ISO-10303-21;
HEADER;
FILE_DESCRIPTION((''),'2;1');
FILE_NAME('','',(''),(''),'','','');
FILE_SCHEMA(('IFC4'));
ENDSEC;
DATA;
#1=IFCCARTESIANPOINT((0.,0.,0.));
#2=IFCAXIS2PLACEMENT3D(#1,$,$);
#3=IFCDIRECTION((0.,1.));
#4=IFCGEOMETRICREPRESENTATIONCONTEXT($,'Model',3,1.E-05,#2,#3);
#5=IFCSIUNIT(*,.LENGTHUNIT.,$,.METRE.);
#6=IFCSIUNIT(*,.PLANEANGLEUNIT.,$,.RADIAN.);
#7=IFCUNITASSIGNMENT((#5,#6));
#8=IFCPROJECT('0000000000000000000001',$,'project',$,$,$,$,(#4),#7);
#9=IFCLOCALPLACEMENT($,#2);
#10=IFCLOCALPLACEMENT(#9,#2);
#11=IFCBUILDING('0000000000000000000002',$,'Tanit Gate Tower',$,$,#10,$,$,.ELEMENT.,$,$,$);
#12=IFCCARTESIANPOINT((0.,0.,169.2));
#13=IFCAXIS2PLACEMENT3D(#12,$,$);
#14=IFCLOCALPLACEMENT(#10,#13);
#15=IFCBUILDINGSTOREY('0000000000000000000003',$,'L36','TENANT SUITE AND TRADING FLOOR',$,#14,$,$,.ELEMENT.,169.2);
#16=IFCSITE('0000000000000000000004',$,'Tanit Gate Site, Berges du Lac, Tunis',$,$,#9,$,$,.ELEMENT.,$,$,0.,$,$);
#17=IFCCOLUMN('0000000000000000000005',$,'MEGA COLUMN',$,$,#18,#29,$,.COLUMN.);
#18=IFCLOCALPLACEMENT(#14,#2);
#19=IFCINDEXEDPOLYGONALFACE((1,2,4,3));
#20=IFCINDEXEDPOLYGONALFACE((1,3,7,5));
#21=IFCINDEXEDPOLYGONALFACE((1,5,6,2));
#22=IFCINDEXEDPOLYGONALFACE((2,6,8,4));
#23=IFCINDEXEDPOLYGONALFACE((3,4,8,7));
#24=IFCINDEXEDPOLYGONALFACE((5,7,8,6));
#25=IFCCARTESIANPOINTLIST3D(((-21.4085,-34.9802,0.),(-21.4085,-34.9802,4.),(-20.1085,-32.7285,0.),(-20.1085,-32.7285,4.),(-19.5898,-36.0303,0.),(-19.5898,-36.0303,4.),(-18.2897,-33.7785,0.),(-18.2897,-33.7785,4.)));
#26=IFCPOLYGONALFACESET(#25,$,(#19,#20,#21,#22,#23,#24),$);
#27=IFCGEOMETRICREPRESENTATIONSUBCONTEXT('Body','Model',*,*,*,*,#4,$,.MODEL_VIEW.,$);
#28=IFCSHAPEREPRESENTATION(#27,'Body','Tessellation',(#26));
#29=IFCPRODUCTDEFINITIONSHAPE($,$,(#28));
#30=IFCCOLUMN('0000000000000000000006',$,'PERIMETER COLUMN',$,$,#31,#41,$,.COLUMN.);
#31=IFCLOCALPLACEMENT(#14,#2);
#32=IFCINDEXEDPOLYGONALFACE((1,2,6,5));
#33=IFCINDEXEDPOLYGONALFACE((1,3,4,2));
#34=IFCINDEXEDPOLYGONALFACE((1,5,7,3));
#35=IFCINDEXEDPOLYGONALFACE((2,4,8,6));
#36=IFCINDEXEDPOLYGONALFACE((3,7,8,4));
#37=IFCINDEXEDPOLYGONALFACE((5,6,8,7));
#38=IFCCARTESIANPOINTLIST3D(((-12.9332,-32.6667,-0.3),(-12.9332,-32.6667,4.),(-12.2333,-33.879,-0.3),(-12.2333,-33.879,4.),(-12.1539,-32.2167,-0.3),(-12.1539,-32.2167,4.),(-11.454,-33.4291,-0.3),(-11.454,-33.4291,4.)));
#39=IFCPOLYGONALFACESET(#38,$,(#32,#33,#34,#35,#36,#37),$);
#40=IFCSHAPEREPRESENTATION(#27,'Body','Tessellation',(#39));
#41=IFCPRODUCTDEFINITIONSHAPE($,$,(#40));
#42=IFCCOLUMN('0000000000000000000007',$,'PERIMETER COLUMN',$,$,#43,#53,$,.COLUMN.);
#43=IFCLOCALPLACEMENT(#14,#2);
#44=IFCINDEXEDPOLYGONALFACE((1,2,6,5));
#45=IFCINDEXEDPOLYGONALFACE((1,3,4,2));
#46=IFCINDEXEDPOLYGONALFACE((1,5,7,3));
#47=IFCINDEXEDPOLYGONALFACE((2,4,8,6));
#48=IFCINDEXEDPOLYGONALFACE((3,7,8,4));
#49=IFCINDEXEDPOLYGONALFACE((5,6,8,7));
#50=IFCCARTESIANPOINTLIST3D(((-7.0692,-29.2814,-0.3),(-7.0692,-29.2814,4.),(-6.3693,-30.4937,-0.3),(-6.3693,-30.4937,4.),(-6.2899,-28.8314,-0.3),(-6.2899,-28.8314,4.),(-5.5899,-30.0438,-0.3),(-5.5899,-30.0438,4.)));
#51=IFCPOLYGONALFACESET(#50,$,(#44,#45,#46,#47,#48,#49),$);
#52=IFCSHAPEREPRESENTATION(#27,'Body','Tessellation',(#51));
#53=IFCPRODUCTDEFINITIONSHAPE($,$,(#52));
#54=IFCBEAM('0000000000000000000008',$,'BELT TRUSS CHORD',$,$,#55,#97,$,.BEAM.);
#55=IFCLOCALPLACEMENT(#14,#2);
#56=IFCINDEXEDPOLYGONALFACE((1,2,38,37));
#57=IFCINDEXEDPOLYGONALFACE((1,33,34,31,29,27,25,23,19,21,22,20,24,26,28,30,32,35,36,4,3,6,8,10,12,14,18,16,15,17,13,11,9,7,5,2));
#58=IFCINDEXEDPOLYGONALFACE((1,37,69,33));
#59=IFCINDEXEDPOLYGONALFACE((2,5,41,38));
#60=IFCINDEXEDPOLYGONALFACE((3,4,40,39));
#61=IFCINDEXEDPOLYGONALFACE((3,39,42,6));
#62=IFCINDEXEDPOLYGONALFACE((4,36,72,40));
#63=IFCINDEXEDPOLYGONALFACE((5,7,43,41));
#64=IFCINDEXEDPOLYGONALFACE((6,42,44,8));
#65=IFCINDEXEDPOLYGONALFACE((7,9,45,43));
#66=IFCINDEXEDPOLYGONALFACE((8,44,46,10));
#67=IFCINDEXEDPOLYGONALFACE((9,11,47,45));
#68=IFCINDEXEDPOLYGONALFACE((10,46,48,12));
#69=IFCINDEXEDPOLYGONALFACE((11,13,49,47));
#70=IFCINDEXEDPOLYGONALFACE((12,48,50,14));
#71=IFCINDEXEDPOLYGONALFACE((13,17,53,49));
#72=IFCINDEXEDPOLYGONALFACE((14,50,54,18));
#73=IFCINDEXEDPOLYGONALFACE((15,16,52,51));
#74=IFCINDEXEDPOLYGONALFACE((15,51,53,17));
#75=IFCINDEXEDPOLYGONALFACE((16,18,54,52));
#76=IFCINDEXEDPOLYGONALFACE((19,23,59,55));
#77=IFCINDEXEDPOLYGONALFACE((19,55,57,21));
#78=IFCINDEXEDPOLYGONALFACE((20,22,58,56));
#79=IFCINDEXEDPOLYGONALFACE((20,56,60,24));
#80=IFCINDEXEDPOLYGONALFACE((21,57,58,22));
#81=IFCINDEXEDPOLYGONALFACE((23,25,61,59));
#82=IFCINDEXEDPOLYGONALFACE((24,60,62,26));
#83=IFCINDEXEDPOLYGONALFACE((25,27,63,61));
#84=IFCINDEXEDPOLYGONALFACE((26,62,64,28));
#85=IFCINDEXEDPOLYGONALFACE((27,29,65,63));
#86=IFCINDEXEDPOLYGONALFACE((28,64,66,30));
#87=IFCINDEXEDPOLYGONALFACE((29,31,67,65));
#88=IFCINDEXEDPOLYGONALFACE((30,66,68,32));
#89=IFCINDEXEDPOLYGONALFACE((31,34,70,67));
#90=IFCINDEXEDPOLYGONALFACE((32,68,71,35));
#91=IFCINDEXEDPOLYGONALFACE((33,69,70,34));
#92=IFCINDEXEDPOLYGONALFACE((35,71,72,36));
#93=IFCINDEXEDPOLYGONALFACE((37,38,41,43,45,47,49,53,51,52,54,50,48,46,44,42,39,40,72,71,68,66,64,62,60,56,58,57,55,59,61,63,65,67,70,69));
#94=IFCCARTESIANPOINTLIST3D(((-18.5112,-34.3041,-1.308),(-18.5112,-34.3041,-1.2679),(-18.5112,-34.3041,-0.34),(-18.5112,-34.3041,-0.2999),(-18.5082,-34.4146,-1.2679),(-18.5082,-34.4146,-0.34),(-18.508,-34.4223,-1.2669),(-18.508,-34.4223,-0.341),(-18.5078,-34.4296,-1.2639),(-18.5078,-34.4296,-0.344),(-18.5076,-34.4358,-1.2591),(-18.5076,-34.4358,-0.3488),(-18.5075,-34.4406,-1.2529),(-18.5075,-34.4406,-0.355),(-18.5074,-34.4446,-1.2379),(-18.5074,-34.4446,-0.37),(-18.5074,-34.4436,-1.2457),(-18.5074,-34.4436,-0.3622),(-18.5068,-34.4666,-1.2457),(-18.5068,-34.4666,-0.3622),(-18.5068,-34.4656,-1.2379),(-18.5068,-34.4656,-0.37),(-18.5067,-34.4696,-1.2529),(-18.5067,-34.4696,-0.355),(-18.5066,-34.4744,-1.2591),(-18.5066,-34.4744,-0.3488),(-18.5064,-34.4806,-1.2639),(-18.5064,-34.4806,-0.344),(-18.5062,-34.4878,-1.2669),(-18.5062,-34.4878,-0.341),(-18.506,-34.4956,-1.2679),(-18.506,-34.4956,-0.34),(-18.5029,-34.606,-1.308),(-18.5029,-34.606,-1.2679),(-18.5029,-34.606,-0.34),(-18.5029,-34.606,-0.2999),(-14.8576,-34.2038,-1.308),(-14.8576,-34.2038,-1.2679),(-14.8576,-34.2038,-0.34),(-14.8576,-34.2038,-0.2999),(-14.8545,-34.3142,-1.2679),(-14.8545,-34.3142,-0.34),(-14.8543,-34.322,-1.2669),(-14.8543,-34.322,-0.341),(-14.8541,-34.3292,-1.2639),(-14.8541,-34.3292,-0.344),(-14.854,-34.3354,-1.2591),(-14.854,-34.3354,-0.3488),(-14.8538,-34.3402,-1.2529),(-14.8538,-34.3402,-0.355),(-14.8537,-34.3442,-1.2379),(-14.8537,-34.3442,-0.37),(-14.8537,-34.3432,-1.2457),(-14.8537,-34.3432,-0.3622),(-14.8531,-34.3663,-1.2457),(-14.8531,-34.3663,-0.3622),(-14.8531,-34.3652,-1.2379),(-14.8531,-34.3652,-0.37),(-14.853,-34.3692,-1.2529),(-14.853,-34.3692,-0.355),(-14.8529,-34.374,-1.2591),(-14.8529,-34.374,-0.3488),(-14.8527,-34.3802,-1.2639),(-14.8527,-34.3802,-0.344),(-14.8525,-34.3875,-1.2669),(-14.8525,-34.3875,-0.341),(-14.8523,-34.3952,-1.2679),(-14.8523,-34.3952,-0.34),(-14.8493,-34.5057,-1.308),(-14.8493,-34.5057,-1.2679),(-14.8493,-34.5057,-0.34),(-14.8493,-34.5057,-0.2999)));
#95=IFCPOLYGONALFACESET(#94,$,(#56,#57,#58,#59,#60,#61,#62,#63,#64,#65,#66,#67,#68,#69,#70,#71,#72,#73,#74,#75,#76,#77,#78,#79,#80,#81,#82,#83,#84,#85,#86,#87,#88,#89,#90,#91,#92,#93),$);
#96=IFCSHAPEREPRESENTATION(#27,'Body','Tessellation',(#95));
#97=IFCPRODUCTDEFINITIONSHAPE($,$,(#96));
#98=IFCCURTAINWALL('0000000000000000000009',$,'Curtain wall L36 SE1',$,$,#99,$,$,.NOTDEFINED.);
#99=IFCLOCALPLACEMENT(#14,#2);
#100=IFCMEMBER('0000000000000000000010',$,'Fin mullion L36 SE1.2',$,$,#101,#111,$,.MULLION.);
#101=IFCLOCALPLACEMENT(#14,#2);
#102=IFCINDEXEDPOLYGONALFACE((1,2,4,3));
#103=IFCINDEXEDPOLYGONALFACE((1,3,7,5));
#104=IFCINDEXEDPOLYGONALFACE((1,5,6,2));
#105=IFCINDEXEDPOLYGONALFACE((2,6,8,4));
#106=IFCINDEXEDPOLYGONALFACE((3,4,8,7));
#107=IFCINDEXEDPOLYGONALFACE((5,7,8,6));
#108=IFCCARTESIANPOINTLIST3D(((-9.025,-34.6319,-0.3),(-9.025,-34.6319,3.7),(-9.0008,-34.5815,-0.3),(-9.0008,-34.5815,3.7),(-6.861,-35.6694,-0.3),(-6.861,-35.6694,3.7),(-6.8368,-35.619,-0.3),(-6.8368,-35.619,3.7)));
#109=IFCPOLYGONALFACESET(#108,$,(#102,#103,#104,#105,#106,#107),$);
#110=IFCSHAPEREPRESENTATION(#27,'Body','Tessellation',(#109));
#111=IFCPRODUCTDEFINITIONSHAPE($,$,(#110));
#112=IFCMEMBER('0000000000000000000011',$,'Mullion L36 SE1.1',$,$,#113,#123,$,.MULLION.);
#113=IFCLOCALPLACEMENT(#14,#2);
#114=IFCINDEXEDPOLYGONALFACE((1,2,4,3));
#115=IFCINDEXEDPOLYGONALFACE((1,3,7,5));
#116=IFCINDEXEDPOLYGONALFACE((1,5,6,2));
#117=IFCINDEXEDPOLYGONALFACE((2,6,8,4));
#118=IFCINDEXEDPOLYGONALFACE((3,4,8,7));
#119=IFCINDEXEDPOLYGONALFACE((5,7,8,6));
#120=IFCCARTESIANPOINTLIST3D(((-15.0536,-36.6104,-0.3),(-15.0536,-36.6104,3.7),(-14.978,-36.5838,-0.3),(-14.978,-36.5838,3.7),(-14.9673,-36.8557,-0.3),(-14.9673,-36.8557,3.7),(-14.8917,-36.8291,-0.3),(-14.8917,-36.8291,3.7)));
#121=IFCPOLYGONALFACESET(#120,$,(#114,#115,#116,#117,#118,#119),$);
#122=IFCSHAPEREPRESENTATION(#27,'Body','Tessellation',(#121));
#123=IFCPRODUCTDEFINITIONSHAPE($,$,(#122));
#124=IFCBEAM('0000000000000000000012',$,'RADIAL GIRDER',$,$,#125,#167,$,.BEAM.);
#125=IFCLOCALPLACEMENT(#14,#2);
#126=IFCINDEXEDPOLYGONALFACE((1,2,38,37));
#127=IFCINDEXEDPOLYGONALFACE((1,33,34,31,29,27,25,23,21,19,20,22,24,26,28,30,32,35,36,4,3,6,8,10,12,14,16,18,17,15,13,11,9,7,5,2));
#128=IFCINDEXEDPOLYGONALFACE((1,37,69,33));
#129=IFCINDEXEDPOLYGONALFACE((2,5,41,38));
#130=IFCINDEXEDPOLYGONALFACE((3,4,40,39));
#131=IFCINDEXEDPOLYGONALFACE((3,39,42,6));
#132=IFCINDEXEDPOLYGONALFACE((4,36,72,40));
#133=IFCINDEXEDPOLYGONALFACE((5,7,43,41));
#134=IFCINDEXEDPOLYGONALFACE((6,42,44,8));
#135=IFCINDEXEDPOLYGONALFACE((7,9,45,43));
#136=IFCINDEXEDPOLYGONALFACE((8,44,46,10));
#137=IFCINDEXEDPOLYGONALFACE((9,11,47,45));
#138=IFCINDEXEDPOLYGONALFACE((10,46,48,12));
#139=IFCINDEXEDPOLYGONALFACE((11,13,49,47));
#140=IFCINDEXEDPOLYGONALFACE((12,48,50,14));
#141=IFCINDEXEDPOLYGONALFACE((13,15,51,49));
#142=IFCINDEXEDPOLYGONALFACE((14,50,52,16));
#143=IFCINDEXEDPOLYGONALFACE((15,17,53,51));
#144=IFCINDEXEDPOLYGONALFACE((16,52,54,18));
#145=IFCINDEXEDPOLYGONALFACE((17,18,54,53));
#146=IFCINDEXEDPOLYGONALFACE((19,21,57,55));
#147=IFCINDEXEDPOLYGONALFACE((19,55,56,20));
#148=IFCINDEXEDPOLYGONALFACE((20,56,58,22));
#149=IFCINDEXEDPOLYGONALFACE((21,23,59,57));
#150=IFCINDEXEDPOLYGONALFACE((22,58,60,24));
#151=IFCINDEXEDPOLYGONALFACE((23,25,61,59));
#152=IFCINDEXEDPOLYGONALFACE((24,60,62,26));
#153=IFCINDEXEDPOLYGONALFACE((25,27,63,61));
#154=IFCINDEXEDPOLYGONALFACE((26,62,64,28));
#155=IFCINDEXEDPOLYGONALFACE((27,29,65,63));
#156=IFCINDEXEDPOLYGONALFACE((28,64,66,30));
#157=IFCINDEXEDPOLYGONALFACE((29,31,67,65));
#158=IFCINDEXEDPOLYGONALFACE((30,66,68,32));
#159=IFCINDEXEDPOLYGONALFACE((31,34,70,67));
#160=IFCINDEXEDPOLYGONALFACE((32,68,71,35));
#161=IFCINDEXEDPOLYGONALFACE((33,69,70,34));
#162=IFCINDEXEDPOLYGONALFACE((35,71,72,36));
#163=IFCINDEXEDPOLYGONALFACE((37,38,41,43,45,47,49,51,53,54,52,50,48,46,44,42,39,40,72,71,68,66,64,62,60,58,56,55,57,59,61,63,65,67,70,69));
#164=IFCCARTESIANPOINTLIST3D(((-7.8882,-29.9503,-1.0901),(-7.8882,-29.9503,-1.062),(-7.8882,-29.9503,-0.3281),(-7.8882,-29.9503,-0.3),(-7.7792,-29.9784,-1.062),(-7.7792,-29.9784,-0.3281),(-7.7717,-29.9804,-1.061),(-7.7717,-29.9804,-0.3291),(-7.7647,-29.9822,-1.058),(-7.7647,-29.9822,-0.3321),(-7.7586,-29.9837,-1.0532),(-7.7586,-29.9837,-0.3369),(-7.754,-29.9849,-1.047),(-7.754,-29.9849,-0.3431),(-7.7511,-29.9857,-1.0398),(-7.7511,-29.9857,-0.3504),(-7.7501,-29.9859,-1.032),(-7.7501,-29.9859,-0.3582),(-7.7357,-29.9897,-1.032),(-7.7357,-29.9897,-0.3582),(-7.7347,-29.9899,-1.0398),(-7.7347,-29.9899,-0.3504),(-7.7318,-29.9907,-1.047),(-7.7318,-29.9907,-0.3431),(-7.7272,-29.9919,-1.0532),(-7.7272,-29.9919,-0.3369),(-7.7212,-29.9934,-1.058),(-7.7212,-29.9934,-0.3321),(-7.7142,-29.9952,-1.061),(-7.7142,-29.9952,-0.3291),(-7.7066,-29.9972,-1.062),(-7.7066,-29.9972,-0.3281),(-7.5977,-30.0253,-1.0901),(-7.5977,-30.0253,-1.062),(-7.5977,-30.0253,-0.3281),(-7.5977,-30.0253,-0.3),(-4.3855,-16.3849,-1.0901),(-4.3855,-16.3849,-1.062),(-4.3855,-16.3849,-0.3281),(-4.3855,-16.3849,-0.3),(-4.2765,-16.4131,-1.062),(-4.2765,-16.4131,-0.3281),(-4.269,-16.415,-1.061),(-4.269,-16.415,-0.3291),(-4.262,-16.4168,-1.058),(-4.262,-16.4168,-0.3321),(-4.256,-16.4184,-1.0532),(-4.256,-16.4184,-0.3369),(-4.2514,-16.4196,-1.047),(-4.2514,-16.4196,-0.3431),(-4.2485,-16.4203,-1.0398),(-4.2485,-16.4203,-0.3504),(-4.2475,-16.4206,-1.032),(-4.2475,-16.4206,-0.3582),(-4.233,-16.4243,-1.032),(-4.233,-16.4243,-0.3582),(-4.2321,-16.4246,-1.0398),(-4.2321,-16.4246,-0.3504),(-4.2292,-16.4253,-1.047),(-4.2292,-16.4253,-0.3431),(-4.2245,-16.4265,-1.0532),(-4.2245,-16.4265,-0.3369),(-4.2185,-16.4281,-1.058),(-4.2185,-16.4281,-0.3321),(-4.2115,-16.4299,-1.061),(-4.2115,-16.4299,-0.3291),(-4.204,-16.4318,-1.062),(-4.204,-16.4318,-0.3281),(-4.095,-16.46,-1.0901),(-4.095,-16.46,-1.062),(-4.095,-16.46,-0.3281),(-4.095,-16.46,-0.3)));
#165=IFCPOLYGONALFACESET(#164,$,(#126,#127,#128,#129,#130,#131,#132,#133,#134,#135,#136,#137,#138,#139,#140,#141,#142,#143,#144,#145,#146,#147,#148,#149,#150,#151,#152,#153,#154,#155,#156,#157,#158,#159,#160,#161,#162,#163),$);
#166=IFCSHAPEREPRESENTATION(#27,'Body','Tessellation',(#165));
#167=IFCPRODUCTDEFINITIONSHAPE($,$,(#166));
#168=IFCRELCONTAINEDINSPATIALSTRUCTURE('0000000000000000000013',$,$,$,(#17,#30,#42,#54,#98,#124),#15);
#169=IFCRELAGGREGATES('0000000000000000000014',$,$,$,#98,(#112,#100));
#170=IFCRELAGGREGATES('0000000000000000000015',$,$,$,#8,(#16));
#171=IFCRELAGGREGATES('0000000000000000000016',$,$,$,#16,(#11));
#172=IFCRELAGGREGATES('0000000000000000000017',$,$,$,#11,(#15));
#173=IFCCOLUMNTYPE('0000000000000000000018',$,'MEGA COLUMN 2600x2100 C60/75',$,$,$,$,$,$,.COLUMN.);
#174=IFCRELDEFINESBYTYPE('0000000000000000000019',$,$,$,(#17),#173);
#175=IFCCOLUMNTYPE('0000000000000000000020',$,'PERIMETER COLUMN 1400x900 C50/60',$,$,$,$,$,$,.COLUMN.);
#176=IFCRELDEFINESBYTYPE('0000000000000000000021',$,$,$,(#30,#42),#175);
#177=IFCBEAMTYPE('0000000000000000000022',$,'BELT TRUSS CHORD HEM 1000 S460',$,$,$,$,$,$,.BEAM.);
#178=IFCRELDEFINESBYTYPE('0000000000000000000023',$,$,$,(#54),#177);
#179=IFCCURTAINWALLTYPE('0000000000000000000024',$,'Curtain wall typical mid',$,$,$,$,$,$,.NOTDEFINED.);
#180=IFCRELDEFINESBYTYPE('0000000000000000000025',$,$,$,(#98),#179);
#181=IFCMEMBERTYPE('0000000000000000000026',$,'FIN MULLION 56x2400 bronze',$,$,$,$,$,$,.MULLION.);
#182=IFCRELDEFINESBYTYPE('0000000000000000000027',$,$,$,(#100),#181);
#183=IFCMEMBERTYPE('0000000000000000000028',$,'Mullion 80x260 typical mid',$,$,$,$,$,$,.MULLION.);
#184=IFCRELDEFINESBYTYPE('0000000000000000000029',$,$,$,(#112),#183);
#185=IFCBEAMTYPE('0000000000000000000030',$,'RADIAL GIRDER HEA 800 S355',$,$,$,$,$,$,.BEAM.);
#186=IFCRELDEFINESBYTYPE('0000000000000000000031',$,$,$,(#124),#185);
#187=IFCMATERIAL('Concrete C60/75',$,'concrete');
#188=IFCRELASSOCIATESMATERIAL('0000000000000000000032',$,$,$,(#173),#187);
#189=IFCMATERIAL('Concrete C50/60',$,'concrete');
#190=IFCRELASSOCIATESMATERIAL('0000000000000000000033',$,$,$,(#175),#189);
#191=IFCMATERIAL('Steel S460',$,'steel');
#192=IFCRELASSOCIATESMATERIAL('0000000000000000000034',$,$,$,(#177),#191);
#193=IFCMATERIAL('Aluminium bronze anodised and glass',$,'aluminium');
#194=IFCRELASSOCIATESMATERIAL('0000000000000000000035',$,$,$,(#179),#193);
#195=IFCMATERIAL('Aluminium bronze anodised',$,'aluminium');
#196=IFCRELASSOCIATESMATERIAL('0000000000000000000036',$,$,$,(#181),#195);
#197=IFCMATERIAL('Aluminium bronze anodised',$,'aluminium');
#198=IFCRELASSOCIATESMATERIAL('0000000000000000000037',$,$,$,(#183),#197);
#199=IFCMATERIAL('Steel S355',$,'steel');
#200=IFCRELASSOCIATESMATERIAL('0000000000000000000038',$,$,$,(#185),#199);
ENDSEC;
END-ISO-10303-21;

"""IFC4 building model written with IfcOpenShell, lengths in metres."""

from ifc_helpers import new_model, si_unit, direction, frame, origin, origin_2d, place, context, subcontext, project, spatial, rectangle, i_section, extrude, material, material_profile, profile_set, type_object, element, aggregate, save


model = new_model("IFC4")

# Units and contexts
model_context = context("Model", 3, precision=1e-05, world=origin(), true_north=direction((0.0, 1.0)))
body_context = subcontext(model_context, "Body", "Model", "MODEL_VIEW")
ifc_project = project(units=[si_unit("LENGTHUNIT", "METRE"), si_unit("PLANEANGLEUNIT", "RADIAN")], contexts=[model_context])

# Site, building, storey
site_placement = place(None, origin())
site = spatial("IfcSite", under=ifc_project, at=site_placement, Name="Tanit Gate Site, Berges du Lac, Tunis", CompositionType="ELEMENT", RefElevation=0.0)
building_placement = place(site_placement, origin())
building = spatial("IfcBuilding", under=site, at=building_placement, Name="Tanit Gate Tower", CompositionType="ELEMENT")
storey_placement = place(building_placement, frame((0.0, 0.0, 169.2)))
storey = spatial("IfcBuildingStorey", under=building, at=storey_placement, Name="L36", Description="TENANT SUITE AND TRADING FLOOR", CompositionType="ELEMENT", Elevation=169.2)

# Columns
ifc_material_1 = material(Name="Concrete C60/75", Category="concrete")
ifc_material_profile_1 = material_profile(ifc_material_1, rectangle(XDim=2.6001, YDim=2.1001, at=origin_2d()), Name="RC 2600x2100")
ifc_profile_set_1 = profile_set([ifc_material_profile_1], Name="Concrete C60/75")
column_type_1 = type_object("IfcColumnType", Name="MEGA COLUMN 2600x2100 C60/75", PredefinedType="COLUMN", material=ifc_profile_set_1)
column_placement = place(storey_placement, frame((-19.8491, -34.3794, 0.0), z_axis=(0.0, 0.0, 1.0), x_axis=(-0.5, -0.866025, 0.0)))
element("IfcColumn", 1, at=column_placement, inside=storey, type_object=column_type_1, Name="MEGA COLUMN", PredefinedType="COLUMN", context=body_context, shape_type="SweptSolid", body=[
    extrude(rectangle(XDim=2.6001, YDim=2.1001, at=origin_2d()), origin(), (0.0, 0.0, 1.0), 4.0),
])
ifc_material_2 = material(Name="Concrete C50/60", Category="concrete")
ifc_material_profile_2 = material_profile(ifc_material_2, rectangle(XDim=1.3999, YDim=0.8999, at=origin_2d()), Name="RC 1400x900")
ifc_profile_set_2 = profile_set([ifc_material_profile_2], Name="Concrete C50/60")
column_type_2 = type_object("IfcColumnType", Name="PERIMETER COLUMN 1400x900 C50/60", PredefinedType="COLUMN", material=ifc_profile_set_2)
for number, where, z_axis, x_axis, name in (
    (2, (-12.1936, -33.0479, -0.3), (0.0, 0.0, 1.0), (0.5, -0.866025, 0.0), "PERIMETER COLUMN"),
    (3, (-6.3296, -29.6626, -0.3), (0.0, 0.0, 1.0), (0.5, -0.866025, 0.0), "PERIMETER COLUMN"),
):
    element("IfcColumn", number, at=place(storey_placement, frame(where, z_axis=z_axis, x_axis=x_axis)), inside=storey, type_object=column_type_2, Name=name, PredefinedType="COLUMN", context=body_context, shape_type="SweptSolid", body=[
        extrude(rectangle(XDim=1.3999, YDim=0.8999, at=origin_2d()), origin(), (0.0, 0.0, 1.0), 4.3),
    ])

# Beam
ifc_material_3 = material(Name="Steel S460", Category="steel")
ifc_material_profile_3 = material_profile(ifc_material_3, i_section(OverallWidth=0.302, OverallDepth=1.0081, WebThickness=0.021, FlangeThickness=0.04, FilletRadius=0.03, at=origin_2d()), Name="HEM 1000")
ifc_profile_set_3 = profile_set([ifc_material_profile_3], Name="Steel S460")
beam_type_1 = type_object("IfcBeamType", Name="BELT TRUSS CHORD HEM 1000 S460", PredefinedType="BEAM", material=ifc_profile_set_3)
beam_1_placement = place(storey_placement, frame((-18.5071, -34.4551, -0.804), z_axis=(0.999623, 0.027454, 0.0), x_axis=(-0.027454, 0.999623, 0.0)))
element("IfcBeam", 4, at=beam_1_placement, inside=storey, type_object=beam_type_1, Name="BELT TRUSS CHORD", PredefinedType="BEAM", context=body_context, shape_type="SweptSolid", body=[
    extrude(i_section(OverallWidth=0.302, OverallDepth=1.0081, WebThickness=0.021, FlangeThickness=0.04, FilletRadius=0.03, at=origin_2d()), origin(), (0.0, 0.0, 1.0), 3.655),
])

# Curtain wall, members
ifc_material_4 = material(Name="Aluminium bronze anodised and glass", Category="aluminium")
curtain_wall_type = type_object("IfcCurtainWallType", Name="Curtain wall typical mid", PredefinedType="NOTDEFINED", material=ifc_material_4)
curtain_wall_placement = place(storey_placement, origin())
curtain_wall = element("IfcCurtainWall", 5, at=curtain_wall_placement, inside=storey, type_object=curtain_wall_type, Name="Curtain wall L36 SE1", PredefinedType="NOTDEFINED")
ifc_material_5 = material(Name="Aluminium bronze anodised", Category="aluminium")
ifc_material_profile_4 = material_profile(ifc_material_5, rectangle(XDim=2.3999, YDim=0.0559, at=origin_2d()), Name="56x2400 bronze fin mullion")
ifc_profile_set_4 = profile_set([ifc_material_profile_4], Name="Aluminium bronze anodised")
member_type_1 = type_object("IfcMemberType", Name="FIN MULLION 56x2400 bronze", PredefinedType="MULLION", material=ifc_profile_set_4)
member_1_placement = place(storey_placement, frame((-7.9309, -35.1255, -0.3), z_axis=(0.0, 0.0, 1.0), x_axis=(-0.901725, 0.43231, 0.0)))
member_1 = element("IfcMember", 6, at=member_1_placement, type_object=member_type_1, Name="Fin mullion L36 SE1.2", PredefinedType="MULLION", context=body_context, shape_type="SweptSolid", body=[
    extrude(rectangle(XDim=2.3999, YDim=0.0559, at=origin_2d()), origin(), (0.0, 0.0, 1.0), 4.0),
])
ifc_material_6 = material(Name="Aluminium bronze anodised", Category="aluminium")
ifc_material_profile_5 = material_profile(ifc_material_6, rectangle(XDim=0.26, YDim=0.0801, at=origin_2d()), Name="80x260 bronze mullion")
ifc_profile_set_5 = profile_set([ifc_material_profile_5], Name="Aluminium bronze anodised")
member_type_2 = type_object("IfcMemberType", Name="Mullion 80x260 typical mid", PredefinedType="MULLION", material=ifc_profile_set_5)
member_2_placement = place(storey_placement, frame((-14.9727, -36.7197, -0.3), z_axis=(0.0, 0.0, 1.0), x_axis=(-0.331926, 0.943305, 0.0)))
member_2 = element("IfcMember", 7, at=member_2_placement, type_object=member_type_2, Name="Mullion L36 SE1.1", PredefinedType="MULLION", context=body_context, shape_type="SweptSolid", body=[
    extrude(rectangle(XDim=0.26, YDim=0.0801, at=origin_2d()), origin(), (0.0, 0.0, 1.0), 4.0),
])

# Beam
ifc_material_7 = material(Name="Steel S355", Category="steel")
ifc_material_profile_6 = material_profile(ifc_material_7, i_section(OverallWidth=0.3, OverallDepth=0.79, WebThickness=0.0149, FlangeThickness=0.0281, FilletRadius=0.03, at=origin_2d()), Name="HEA 800")
ifc_profile_set_6 = profile_set([ifc_material_profile_6], Name="Steel S355")
beam_type_2 = type_object("IfcBeamType", Name="RADIAL GIRDER HEA 800 S355", PredefinedType="BEAM", material=ifc_profile_set_6)
beam_2_placement = place(storey_placement, frame((-7.7429, -29.9878, -0.6951), z_axis=(0.250007, 0.968244, 0.0), x_axis=(-0.968244, 0.250007, 0.0)))
element("IfcBeam", 8, at=beam_2_placement, inside=storey, type_object=beam_type_2, Name="RADIAL GIRDER", PredefinedType="BEAM", context=body_context, shape_type="SweptSolid", body=[
    extrude(i_section(OverallWidth=0.3, OverallDepth=0.79, WebThickness=0.0149, FlangeThickness=0.0281, FilletRadius=0.03, at=origin_2d()), origin(), (0.0, 0.0, 1.0), 14.0103),
])

aggregate(curtain_wall, [member_2, member_1])

save(model, "model.ifc")
